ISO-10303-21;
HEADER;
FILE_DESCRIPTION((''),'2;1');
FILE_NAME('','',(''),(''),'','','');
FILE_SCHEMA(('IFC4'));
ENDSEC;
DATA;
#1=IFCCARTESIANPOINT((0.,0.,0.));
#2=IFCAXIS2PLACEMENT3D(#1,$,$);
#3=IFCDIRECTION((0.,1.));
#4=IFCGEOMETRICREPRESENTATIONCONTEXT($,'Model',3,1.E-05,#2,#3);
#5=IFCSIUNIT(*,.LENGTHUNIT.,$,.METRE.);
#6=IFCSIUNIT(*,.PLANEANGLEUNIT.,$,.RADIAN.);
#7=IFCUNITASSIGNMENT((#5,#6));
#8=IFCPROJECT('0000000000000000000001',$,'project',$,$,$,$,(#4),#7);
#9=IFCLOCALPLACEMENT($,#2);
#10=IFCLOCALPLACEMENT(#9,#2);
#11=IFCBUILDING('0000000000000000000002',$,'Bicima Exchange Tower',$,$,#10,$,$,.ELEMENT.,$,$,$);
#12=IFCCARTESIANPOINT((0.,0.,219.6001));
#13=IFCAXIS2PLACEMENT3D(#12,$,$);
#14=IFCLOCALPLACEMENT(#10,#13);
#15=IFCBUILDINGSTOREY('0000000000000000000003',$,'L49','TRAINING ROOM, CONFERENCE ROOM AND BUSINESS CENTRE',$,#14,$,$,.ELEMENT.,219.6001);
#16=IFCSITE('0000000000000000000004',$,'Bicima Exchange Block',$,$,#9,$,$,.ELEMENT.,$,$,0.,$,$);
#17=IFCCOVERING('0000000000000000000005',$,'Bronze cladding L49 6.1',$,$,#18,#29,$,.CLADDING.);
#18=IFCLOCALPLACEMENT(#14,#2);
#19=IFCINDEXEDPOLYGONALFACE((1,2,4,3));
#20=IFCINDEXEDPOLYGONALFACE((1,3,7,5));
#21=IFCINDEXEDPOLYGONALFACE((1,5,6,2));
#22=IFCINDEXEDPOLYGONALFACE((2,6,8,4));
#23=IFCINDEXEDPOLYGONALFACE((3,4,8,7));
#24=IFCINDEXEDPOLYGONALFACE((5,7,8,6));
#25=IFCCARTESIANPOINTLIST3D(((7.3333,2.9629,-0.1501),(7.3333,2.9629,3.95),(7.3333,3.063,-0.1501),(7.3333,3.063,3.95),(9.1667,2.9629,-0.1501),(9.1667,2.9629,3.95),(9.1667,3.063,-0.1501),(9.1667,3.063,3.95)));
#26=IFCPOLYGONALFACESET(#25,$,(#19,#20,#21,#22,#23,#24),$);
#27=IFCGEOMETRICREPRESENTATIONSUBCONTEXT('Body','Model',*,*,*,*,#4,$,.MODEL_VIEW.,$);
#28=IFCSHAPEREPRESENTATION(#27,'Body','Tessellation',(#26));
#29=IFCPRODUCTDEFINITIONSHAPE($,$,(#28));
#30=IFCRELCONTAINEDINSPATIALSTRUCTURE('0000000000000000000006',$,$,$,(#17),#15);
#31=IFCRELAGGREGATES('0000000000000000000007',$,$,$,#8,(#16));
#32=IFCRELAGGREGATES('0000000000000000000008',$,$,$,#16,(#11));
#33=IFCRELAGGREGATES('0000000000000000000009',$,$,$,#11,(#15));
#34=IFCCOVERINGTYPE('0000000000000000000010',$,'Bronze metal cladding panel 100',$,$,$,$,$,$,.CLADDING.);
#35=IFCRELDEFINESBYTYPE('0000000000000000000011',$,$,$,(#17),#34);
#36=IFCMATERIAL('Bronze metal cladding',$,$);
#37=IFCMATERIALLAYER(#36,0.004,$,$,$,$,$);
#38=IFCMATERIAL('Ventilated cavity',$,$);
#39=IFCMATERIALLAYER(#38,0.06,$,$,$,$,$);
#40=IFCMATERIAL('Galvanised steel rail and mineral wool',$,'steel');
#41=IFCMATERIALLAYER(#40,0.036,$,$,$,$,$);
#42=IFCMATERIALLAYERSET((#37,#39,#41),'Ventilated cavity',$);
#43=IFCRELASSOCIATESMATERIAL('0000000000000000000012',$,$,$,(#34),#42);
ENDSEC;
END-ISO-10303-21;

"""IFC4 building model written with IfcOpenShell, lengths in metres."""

from ifc_helpers import new_model, si_unit, direction, frame, origin, origin_2d, place, context, subcontext, project, spatial, rectangle, extrude, material, layer, layer_set, type_object, element, save


model = new_model("IFC4")

# Units and contexts
model_context = context("Model", 3, precision=1e-05, world=origin(), true_north=direction((0.0, 1.0)))
body_context = subcontext(model_context, "Body", "Model", "MODEL_VIEW")
ifc_project = project(units=[si_unit("LENGTHUNIT", "METRE"), si_unit("PLANEANGLEUNIT", "RADIAN")], contexts=[model_context])

# Site, building, storey
site_placement = place(None, origin())
site = spatial("IfcSite", under=ifc_project, at=site_placement, Name="Bicima Exchange Block", CompositionType="ELEMENT", RefElevation=0.0)
building_placement = place(site_placement, origin())
building = spatial("IfcBuilding", under=site, at=building_placement, Name="Bicima Exchange Tower", CompositionType="ELEMENT")
storey_placement = place(building_placement, frame((0.0, 0.0, 219.6001)))
storey = spatial("IfcBuildingStorey", under=building, at=storey_placement, Name="L49", Description="TRAINING ROOM, CONFERENCE ROOM AND BUSINESS CENTRE", CompositionType="ELEMENT", Elevation=219.6001)

# Covering
ifc_material_1 = material(Name="Bronze metal cladding")
ifc_layer_1 = layer(ifc_material_1, 0.004)
ifc_material_2 = material(Name="Ventilated cavity")
ifc_layer_2 = layer(ifc_material_2, 0.06)
ifc_material_3 = material(Name="Galvanised steel rail and mineral wool", Category="steel")
ifc_layer_3 = layer(ifc_material_3, 0.036)
ifc_layer_set_1 = layer_set([ifc_layer_1, ifc_layer_2, ifc_layer_3], Name="Ventilated cavity")
covering_type = type_object("IfcCoveringType", Name="Bronze metal cladding panel 100", PredefinedType="CLADDING", material=ifc_layer_set_1)
covering_1_placement = place(storey_placement, frame((8.25, 3.0129, -0.1501), z_axis=(0.0, 0.0, 1.0), x_axis=(-1.0, 0.0, 0.0)))
element("IfcCovering", 1, at=covering_1_placement, inside=storey, type_object=covering_type, Name="Bronze cladding L49 6.1", PredefinedType="CLADDING", context=body_context, shape_type="SweptSolid", body=[
    extrude(rectangle(XDim=1.8335, YDim=0.1001, at=origin_2d()), origin(), (0.0, 0.0, 1.0), 4.1001),
])

save(model, "model.ifc")
